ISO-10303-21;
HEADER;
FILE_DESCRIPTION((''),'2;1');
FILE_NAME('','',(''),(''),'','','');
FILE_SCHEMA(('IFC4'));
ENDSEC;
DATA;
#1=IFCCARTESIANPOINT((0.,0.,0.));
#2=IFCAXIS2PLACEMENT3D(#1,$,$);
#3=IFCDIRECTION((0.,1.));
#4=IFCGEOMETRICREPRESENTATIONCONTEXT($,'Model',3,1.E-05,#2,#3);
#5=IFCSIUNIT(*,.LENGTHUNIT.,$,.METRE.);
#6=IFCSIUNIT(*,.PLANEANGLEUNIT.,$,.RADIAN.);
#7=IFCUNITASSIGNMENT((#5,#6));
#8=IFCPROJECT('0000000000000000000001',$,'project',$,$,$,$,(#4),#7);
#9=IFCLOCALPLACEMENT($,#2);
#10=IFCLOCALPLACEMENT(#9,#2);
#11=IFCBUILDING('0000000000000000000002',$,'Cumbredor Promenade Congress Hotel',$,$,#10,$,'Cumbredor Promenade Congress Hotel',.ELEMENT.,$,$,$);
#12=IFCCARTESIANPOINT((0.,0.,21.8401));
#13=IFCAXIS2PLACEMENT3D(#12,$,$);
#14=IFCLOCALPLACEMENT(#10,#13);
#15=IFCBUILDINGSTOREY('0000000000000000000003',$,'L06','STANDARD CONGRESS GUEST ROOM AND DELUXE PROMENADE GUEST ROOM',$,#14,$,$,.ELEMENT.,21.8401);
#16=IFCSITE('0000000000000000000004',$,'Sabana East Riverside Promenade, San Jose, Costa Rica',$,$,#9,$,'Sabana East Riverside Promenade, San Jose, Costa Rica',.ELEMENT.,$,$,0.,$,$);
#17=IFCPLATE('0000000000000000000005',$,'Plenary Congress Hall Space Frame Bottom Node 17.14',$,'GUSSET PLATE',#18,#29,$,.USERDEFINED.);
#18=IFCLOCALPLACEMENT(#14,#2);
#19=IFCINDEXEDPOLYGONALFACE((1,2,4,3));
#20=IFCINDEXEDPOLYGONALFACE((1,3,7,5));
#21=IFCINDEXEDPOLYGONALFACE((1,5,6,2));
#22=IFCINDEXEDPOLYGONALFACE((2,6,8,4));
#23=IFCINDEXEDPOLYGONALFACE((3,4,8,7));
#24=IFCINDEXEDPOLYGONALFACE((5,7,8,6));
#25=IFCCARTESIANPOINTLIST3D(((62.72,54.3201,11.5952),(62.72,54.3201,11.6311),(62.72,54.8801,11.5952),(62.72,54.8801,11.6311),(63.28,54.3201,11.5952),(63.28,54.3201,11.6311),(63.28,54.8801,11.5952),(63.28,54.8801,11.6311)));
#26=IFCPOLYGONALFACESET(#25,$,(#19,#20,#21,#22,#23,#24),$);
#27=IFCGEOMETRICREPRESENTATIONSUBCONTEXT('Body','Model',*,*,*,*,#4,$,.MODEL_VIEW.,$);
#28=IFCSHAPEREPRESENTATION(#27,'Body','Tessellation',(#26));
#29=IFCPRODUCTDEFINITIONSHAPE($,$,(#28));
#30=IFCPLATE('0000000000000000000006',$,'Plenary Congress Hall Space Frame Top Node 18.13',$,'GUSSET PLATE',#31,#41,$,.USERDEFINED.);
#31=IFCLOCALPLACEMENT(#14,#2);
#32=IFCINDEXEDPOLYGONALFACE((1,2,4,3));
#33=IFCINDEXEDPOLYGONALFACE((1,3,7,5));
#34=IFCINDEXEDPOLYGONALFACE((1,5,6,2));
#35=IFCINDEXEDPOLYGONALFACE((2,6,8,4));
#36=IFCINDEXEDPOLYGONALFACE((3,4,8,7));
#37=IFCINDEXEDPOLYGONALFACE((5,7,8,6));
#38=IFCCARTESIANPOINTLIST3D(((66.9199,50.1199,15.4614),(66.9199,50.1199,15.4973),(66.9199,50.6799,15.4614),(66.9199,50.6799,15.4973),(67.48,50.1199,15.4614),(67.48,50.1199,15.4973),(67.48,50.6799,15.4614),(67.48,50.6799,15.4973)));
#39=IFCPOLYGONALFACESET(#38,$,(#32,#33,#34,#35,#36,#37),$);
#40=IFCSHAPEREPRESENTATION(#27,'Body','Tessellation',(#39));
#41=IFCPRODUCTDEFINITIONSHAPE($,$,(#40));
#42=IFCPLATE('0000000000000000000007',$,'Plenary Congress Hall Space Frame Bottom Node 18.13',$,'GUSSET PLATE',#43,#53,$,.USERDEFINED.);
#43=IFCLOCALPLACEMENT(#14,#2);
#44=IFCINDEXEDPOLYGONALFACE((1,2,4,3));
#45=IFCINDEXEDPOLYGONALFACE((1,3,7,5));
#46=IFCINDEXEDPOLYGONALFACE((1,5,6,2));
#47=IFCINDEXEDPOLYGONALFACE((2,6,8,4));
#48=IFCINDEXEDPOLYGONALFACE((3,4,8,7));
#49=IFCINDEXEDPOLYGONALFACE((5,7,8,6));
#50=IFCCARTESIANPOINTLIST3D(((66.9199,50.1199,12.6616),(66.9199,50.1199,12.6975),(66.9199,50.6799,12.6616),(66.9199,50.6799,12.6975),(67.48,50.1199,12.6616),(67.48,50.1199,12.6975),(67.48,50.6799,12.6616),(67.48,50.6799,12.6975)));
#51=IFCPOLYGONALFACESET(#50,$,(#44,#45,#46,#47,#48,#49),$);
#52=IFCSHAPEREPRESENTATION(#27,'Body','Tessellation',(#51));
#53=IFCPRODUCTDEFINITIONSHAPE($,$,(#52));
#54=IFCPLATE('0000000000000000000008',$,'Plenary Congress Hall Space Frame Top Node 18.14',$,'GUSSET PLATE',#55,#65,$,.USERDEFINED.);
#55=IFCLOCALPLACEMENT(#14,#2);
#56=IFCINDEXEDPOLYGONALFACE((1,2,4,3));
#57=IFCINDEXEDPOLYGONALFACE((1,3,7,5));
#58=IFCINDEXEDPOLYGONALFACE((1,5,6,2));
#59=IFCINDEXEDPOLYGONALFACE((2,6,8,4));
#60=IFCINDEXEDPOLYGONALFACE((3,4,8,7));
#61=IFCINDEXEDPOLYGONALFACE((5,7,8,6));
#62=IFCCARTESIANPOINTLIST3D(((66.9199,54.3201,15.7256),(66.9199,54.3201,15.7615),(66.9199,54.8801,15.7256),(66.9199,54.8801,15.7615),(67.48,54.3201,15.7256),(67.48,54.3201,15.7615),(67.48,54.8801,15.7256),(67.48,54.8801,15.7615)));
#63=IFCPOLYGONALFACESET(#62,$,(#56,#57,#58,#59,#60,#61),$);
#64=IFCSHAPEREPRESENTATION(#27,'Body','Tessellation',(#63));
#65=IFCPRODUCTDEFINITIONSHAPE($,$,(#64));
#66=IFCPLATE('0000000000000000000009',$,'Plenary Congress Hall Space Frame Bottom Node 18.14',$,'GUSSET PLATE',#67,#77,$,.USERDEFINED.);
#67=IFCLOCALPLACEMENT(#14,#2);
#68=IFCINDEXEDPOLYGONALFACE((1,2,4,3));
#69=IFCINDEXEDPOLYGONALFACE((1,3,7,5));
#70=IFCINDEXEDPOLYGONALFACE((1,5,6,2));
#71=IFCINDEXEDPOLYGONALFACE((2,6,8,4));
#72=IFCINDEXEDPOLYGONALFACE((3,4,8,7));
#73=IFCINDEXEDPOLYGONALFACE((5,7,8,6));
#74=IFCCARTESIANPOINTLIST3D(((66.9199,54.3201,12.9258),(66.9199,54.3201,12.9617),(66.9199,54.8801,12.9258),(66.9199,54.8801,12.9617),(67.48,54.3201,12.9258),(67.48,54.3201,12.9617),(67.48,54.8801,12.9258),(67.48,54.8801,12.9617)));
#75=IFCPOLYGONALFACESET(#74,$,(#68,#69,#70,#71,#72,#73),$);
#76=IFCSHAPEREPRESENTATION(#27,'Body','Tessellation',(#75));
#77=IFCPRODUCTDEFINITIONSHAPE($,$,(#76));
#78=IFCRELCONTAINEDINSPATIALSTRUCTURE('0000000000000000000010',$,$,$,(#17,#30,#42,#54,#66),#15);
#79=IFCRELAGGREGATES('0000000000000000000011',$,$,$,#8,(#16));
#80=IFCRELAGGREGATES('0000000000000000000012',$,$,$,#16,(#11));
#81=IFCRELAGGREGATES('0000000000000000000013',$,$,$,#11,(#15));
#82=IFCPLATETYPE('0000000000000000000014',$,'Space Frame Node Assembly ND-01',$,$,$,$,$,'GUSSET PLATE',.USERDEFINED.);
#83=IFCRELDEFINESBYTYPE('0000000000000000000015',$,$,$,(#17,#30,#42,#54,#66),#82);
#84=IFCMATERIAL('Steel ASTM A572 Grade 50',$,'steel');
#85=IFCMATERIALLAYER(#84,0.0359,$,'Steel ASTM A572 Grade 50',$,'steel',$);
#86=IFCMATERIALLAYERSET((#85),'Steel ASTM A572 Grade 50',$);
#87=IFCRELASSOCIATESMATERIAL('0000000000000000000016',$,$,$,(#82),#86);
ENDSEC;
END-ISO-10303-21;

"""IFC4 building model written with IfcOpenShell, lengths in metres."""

from ifc_helpers import new_model, si_unit, direction, frame, origin, origin_2d, place, context, subcontext, project, spatial, rectangle, extrude, material, layer, layer_set, type_object, element, save


model = new_model("IFC4")

# Units and contexts
model_context = context("Model", 3, precision=1e-05, world=origin(), true_north=direction((0.0, 1.0)))
body_context = subcontext(model_context, "Body", "Model", "MODEL_VIEW")
ifc_project = project(units=[si_unit("LENGTHUNIT", "METRE"), si_unit("PLANEANGLEUNIT", "RADIAN")], contexts=[model_context])

# Site, building, storey
site_placement = place(None, origin())
site = spatial("IfcSite", under=ifc_project, at=site_placement, Name="Sabana East Riverside Promenade, San Jose, Costa Rica", LongName="Sabana East Riverside Promenade, San Jose, Costa Rica", CompositionType="ELEMENT", RefElevation=0.0)
building_placement = place(site_placement, origin())
building = spatial("IfcBuilding", under=site, at=building_placement, Name="Cumbredor Promenade Congress Hotel", LongName="Cumbredor Promenade Congress Hotel", CompositionType="ELEMENT")
storey_placement = place(building_placement, frame((0.0, 0.0, 21.8401)))
storey = spatial("IfcBuildingStorey", under=building, at=storey_placement, Name="L06", Description="STANDARD CONGRESS GUEST ROOM AND DELUXE PROMENADE GUEST ROOM", CompositionType="ELEMENT", Elevation=21.8401)

# Plates
ifc_material_1 = material(Name="Steel ASTM A572 Grade 50", Category="steel")
ifc_layer = layer(ifc_material_1, 0.0359, Name="Steel ASTM A572 Grade 50", Category="steel")
ifc_layer_set = layer_set([ifc_layer], Name="Steel ASTM A572 Grade 50")
plate_type = type_object("IfcPlateType", Name="Space Frame Node Assembly ND-01", ElementType="GUSSET PLATE", PredefinedType="USERDEFINED", material=ifc_layer_set)
for number, where, z_axis, x_axis, name in (
    (1, (63.0, 54.6001, 11.5952), (0.0, 0.0, 1.0), (1.0, 0.0, 0.0), "Plenary Congress Hall Space Frame Bottom Node 17.14"),
    (2, (67.2, 50.3999, 15.4614), (0.0, 0.0, 1.0), (1.0, 0.0, 0.0), "Plenary Congress Hall Space Frame Top Node 18.13"),
    (3, (67.2, 50.3999, 12.6616), (0.0, 0.0, 1.0), (1.0, 0.0, 0.0), "Plenary Congress Hall Space Frame Bottom Node 18.13"),
    (4, (67.2, 54.6001, 15.7256), (0.0, 0.0, 1.0), (1.0, 0.0, 0.0), "Plenary Congress Hall Space Frame Top Node 18.14"),
    (5, (67.2, 54.6001, 12.9258), (0.0, 0.0, 1.0), (1.0, 0.0, 0.0), "Plenary Congress Hall Space Frame Bottom Node 18.14"),
):
    element("IfcPlate", number, at=place(storey_placement, frame(where, z_axis=z_axis, x_axis=x_axis)), inside=storey, type_object=plate_type, Name=name, ObjectType="GUSSET PLATE", PredefinedType="USERDEFINED", context=body_context, shape_type="SweptSolid", body=[
        extrude(rectangle(XDim=0.5601, YDim=0.5601, at=origin_2d()), origin(), (0.0, 0.0, 1.0), 0.0359),
    ])

save(model, "model.ifc")
